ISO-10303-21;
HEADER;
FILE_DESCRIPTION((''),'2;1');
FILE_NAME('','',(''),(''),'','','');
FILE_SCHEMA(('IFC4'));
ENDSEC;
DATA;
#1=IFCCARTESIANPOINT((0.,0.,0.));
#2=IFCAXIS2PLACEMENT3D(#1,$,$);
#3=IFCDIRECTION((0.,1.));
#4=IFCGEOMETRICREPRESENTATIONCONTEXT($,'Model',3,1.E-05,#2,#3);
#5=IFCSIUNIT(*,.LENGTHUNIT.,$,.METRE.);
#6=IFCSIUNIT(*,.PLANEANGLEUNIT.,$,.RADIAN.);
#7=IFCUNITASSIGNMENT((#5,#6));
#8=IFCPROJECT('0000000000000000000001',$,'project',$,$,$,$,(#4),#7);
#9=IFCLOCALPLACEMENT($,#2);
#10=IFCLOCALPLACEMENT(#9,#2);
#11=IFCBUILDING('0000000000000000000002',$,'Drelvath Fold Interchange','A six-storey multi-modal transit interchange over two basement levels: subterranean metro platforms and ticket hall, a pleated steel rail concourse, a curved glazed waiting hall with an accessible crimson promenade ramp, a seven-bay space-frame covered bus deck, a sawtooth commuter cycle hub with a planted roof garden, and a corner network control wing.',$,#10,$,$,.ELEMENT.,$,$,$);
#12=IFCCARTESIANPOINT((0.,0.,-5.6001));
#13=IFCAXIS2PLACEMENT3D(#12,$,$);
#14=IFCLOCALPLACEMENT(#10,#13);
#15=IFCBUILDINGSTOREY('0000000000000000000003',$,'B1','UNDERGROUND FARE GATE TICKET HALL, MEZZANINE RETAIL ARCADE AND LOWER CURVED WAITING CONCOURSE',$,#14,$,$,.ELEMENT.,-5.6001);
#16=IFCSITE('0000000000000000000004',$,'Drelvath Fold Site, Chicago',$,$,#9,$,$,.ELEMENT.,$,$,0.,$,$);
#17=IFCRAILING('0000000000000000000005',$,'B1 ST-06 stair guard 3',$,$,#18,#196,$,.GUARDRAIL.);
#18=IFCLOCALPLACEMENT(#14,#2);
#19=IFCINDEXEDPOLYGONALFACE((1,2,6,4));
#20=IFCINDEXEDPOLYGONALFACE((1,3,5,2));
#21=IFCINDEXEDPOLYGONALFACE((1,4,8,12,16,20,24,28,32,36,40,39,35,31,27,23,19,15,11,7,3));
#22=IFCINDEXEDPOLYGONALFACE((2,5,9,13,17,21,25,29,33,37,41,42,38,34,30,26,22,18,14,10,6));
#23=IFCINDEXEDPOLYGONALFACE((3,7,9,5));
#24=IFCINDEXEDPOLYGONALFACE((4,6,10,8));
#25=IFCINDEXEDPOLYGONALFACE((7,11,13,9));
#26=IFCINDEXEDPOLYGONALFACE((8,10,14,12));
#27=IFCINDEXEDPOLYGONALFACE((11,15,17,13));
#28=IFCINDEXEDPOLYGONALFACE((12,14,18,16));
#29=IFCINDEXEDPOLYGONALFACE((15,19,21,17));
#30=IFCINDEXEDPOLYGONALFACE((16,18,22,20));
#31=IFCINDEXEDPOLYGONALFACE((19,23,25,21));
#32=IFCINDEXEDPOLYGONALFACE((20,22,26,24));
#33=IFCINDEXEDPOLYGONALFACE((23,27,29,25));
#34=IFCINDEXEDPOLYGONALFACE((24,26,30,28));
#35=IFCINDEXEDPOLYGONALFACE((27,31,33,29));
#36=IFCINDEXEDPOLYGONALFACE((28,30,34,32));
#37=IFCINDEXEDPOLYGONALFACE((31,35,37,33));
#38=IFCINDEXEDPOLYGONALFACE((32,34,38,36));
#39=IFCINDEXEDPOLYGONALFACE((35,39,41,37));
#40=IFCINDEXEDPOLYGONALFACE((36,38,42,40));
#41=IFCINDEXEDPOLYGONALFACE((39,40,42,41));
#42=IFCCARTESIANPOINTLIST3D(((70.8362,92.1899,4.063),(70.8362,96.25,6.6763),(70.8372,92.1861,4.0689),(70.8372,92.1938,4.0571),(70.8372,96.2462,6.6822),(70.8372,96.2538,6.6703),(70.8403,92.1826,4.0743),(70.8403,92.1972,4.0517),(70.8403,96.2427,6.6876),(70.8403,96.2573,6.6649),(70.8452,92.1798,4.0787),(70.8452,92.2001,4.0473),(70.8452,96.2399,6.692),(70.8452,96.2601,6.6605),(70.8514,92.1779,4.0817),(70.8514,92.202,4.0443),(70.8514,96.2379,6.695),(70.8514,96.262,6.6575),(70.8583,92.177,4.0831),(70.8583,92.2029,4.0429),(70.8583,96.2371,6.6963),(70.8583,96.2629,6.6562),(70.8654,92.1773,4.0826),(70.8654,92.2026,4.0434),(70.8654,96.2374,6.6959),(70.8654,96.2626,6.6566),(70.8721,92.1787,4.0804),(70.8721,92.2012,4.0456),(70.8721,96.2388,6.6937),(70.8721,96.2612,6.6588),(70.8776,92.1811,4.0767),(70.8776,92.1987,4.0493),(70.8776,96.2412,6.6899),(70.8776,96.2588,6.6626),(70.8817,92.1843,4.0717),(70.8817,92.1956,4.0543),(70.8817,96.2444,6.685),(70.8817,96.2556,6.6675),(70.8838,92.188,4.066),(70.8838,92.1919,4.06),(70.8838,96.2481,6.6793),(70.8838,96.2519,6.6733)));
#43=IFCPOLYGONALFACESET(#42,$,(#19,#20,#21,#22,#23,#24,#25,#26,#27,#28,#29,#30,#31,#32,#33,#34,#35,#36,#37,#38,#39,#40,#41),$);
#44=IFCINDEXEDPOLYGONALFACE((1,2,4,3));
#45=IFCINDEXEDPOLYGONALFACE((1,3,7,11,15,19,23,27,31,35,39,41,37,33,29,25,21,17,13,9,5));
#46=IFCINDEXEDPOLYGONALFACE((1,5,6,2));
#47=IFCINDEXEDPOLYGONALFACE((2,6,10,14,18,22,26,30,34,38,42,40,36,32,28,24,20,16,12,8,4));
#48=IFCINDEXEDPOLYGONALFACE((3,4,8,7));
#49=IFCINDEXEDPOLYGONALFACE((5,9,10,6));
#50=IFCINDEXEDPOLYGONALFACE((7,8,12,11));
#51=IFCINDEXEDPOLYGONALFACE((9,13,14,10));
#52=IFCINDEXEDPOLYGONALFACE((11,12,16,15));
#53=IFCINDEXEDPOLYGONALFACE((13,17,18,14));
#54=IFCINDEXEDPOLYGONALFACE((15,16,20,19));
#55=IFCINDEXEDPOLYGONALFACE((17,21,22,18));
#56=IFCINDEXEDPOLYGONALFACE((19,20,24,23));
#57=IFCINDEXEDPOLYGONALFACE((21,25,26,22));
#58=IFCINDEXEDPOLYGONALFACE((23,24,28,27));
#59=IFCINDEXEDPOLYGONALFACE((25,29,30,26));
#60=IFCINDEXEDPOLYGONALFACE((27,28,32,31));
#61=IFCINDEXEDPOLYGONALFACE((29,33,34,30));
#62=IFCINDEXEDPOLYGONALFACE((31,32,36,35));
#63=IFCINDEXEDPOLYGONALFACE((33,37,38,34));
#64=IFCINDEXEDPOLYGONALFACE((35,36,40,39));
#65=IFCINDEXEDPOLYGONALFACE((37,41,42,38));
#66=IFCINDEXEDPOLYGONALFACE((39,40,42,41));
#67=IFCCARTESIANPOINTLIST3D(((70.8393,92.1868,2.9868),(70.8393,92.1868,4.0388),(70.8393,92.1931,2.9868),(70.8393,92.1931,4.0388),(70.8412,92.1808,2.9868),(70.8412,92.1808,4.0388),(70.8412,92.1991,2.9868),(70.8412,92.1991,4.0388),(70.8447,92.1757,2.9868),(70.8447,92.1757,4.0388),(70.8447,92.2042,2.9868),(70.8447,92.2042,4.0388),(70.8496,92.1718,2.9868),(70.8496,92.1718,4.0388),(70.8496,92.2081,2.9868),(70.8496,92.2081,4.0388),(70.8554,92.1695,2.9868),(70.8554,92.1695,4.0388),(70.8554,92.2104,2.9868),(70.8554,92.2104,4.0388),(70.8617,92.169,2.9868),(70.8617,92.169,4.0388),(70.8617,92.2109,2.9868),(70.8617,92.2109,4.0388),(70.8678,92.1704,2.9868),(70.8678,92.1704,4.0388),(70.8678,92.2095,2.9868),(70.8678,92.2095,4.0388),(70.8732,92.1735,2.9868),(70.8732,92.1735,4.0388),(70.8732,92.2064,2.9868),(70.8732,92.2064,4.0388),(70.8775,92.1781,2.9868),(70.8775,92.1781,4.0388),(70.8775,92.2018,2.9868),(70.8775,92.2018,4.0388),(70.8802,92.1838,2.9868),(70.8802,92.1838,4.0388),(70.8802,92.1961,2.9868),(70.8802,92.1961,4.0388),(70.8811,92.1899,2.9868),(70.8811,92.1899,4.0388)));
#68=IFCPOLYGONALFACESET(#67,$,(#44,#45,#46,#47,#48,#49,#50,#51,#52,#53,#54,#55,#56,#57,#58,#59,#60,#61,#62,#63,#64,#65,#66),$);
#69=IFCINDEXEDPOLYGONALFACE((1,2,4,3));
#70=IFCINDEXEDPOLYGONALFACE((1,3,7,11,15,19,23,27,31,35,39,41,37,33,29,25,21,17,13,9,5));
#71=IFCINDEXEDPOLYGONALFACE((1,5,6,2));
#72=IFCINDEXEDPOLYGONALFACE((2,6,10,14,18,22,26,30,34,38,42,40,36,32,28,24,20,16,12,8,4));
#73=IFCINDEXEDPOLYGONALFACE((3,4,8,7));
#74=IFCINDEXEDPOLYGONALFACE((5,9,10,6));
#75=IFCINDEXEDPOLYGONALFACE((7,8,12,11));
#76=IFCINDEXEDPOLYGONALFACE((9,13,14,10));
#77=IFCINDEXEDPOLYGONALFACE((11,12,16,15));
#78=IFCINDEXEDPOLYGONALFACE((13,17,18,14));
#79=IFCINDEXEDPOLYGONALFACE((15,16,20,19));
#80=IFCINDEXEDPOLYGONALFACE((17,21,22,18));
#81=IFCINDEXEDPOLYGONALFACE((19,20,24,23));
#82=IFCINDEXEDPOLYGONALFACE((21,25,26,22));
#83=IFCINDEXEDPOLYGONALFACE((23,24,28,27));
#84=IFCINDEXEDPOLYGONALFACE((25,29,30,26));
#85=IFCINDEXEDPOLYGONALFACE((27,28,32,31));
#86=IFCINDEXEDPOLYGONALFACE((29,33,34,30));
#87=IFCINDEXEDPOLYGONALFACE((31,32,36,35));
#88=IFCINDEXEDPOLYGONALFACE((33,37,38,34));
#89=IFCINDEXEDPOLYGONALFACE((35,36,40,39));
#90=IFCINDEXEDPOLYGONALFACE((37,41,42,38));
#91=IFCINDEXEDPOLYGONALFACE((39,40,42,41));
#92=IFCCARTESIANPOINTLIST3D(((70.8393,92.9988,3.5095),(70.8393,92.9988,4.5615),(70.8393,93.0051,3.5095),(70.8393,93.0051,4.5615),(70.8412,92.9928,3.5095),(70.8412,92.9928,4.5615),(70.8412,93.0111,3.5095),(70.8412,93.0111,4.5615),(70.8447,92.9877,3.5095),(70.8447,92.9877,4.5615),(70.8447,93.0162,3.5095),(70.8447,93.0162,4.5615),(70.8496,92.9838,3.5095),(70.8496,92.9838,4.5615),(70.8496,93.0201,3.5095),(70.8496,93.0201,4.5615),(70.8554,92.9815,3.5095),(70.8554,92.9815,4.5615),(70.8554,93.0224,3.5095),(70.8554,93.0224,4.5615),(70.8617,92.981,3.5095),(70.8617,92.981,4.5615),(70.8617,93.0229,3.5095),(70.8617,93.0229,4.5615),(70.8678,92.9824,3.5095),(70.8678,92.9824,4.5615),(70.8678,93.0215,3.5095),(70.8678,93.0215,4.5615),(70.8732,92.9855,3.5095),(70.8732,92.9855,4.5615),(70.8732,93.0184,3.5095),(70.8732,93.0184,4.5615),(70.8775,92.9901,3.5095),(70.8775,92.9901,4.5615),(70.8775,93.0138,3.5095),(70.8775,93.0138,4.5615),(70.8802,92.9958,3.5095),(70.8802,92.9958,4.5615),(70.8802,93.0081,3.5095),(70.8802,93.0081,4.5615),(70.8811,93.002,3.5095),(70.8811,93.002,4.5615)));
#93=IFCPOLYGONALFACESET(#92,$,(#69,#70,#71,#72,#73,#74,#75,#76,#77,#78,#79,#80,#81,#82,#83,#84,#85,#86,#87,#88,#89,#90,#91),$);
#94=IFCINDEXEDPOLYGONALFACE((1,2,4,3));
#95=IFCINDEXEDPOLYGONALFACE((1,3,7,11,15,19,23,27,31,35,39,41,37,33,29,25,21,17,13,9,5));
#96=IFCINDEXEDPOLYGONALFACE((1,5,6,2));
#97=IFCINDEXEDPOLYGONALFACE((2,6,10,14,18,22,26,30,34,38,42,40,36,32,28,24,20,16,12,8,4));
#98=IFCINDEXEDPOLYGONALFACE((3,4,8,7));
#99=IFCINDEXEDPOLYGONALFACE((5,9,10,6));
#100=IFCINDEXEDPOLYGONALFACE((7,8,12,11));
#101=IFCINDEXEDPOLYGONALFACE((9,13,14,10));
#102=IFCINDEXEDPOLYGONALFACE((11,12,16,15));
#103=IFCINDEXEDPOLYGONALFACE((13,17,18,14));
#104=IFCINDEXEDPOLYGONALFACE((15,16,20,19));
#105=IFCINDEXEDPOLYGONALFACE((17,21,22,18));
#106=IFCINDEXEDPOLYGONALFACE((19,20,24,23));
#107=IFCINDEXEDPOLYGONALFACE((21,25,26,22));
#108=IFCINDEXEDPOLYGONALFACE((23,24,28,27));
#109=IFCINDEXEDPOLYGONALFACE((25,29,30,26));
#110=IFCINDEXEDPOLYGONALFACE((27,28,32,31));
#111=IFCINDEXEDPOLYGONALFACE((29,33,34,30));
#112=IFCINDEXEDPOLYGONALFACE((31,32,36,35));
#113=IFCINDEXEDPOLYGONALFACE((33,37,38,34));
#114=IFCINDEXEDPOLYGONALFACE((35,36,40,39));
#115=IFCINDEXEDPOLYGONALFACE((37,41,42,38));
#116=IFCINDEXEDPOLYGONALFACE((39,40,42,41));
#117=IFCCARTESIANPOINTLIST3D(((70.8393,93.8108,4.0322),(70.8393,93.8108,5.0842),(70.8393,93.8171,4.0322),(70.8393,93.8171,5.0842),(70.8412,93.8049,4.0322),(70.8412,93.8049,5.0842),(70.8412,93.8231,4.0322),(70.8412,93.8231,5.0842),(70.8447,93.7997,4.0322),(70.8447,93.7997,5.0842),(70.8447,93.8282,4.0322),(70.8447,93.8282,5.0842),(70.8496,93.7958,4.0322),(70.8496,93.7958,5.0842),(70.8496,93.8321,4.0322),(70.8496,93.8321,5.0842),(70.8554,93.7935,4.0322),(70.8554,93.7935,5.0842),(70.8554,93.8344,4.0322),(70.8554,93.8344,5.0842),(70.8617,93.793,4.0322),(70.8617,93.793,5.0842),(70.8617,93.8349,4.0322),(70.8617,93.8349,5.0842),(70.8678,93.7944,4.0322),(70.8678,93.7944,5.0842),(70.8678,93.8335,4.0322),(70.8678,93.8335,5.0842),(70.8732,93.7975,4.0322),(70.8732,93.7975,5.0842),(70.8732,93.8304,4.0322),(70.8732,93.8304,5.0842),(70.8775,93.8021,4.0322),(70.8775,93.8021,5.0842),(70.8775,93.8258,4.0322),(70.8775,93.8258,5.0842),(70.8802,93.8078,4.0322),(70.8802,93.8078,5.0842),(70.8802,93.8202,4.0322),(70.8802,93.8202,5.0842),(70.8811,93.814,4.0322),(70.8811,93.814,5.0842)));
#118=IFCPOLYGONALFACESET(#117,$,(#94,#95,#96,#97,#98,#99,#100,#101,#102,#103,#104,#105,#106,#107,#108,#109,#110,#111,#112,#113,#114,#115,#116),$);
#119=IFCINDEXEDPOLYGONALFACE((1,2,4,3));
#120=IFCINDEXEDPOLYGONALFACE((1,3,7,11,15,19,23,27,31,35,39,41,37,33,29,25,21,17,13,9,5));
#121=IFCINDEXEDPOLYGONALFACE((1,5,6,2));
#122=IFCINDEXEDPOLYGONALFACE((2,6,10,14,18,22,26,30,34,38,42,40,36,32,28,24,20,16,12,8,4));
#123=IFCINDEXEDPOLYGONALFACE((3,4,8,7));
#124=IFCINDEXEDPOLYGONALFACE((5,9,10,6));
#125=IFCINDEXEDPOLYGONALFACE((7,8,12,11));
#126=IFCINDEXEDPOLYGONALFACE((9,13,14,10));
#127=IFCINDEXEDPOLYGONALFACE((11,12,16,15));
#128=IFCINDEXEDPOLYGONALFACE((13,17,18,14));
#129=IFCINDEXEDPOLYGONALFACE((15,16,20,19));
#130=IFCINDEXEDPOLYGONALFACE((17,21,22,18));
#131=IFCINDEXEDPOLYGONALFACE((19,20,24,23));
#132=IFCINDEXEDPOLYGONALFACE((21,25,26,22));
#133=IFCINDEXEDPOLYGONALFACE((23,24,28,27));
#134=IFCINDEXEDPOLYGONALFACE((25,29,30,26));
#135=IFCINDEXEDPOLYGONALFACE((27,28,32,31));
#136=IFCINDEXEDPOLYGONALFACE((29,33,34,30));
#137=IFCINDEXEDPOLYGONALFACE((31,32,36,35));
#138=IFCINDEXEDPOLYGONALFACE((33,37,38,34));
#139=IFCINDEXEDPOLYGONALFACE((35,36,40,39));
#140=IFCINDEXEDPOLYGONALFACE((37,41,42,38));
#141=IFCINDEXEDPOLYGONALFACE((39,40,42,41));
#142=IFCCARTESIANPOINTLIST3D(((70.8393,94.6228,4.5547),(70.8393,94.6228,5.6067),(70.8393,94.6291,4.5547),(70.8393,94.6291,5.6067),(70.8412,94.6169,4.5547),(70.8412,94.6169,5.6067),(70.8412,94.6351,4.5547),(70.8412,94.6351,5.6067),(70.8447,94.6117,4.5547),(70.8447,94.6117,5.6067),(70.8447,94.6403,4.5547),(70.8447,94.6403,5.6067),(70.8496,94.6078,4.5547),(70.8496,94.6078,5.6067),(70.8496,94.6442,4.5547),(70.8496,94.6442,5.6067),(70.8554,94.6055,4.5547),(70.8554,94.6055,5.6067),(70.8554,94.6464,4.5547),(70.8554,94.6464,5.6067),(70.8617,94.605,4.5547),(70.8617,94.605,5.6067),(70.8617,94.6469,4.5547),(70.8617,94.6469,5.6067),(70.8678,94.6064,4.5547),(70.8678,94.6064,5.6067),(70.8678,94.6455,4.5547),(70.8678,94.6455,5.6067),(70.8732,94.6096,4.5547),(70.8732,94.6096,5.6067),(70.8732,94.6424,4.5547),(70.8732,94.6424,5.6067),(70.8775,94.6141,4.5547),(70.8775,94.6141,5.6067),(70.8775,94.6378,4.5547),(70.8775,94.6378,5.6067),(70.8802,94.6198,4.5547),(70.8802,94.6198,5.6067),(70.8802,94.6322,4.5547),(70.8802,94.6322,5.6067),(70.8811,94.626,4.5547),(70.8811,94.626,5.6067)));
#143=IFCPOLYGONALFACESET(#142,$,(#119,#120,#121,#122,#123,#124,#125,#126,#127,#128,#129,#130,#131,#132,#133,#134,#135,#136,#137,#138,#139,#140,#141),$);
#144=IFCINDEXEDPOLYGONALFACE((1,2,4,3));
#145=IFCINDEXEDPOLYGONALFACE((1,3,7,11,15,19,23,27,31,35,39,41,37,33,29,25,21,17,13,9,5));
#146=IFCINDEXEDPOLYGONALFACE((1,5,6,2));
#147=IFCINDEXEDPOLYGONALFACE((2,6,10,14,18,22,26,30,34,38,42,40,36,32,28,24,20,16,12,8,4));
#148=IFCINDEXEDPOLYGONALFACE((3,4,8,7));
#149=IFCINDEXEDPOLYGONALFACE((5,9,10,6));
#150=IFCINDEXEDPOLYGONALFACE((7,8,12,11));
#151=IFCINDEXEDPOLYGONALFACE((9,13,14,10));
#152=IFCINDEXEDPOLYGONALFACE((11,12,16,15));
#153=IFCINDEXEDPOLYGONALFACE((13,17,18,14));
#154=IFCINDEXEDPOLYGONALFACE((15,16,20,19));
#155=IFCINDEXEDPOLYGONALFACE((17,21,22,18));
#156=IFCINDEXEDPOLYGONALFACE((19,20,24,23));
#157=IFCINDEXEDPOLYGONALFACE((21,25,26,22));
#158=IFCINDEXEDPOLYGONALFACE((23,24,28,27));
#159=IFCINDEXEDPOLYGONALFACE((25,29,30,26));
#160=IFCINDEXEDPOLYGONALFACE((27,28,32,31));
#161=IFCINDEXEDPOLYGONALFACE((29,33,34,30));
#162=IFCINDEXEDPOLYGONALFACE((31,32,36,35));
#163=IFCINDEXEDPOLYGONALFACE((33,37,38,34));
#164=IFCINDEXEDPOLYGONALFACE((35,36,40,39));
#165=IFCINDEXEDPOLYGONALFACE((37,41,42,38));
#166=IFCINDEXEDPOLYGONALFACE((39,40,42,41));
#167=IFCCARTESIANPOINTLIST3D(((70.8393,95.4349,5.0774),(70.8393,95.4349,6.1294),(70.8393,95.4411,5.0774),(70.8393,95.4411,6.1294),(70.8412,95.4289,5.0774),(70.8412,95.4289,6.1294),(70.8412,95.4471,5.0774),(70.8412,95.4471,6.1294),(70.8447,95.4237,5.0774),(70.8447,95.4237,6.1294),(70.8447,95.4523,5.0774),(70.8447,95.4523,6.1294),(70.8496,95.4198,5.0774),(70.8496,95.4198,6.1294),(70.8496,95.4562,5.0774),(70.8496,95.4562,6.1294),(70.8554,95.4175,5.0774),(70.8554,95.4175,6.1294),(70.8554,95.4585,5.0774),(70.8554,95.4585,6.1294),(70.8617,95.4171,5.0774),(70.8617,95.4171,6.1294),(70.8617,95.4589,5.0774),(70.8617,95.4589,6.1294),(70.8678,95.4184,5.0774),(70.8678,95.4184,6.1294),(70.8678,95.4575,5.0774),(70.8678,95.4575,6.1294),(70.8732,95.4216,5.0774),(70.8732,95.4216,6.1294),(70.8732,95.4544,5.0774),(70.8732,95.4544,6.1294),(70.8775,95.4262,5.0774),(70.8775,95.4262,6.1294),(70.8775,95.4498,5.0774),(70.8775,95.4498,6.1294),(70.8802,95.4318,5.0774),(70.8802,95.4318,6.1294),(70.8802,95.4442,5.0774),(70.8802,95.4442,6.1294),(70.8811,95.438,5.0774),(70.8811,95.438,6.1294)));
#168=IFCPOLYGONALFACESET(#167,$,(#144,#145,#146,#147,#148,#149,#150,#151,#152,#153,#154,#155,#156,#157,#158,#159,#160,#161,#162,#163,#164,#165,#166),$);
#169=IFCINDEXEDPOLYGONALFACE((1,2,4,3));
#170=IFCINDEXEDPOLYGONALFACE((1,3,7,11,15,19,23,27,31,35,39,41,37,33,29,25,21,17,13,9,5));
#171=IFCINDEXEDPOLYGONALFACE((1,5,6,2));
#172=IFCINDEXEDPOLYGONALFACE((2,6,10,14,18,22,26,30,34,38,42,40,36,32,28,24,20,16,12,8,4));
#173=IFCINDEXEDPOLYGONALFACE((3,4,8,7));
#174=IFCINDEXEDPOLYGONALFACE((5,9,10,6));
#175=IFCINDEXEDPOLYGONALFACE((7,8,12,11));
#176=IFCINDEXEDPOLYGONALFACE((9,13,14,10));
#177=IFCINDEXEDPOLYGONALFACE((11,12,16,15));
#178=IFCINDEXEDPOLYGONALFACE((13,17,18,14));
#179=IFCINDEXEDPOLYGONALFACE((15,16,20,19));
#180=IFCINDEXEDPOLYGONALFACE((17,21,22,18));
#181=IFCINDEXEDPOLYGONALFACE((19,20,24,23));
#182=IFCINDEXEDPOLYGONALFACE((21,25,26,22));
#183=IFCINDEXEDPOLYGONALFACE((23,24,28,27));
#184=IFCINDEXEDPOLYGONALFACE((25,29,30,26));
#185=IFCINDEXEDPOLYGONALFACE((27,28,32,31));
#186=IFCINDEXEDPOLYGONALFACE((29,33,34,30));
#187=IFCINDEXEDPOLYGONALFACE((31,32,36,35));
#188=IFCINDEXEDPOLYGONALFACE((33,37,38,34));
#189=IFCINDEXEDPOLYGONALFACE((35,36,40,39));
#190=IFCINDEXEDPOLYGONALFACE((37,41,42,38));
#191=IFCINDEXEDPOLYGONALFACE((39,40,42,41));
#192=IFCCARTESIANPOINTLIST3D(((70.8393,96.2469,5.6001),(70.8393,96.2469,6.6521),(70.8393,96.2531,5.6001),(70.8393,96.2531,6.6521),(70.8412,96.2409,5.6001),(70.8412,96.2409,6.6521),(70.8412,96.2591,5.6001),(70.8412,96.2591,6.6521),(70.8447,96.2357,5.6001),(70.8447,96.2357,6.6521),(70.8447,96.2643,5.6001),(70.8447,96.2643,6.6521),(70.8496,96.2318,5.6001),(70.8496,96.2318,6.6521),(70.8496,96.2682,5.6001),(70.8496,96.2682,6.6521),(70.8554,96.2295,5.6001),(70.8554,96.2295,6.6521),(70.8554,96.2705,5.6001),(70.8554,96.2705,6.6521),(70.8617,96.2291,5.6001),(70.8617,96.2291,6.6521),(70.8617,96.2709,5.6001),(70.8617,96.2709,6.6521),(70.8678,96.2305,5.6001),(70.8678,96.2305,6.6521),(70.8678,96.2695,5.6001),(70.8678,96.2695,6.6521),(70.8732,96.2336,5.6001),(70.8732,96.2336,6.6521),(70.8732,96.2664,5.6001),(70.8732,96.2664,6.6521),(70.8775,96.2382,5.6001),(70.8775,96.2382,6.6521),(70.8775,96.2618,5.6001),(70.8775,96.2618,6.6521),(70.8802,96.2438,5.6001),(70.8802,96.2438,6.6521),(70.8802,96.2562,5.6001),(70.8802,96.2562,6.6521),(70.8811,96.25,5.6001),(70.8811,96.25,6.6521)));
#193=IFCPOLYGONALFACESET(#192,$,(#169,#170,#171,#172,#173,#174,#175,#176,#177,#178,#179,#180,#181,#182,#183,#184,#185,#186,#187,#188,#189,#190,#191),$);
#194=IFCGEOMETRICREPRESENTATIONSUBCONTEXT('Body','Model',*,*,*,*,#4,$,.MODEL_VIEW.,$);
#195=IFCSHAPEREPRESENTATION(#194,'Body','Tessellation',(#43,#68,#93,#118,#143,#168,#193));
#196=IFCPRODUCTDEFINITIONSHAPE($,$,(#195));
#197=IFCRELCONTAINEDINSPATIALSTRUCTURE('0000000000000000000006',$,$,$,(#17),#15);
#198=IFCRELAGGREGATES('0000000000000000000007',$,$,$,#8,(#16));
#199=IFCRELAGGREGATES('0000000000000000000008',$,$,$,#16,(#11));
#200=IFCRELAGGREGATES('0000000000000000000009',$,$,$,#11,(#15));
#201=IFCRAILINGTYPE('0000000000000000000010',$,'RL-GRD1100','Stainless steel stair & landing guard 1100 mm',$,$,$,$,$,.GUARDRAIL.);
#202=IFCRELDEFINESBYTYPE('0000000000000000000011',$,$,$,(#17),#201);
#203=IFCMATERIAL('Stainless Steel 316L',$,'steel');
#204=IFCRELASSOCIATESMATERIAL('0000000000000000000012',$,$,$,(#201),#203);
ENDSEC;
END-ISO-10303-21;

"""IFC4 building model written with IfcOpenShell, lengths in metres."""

from ifc_helpers import new_model, si_unit, direction, frame, origin, origin_2d, place, context, subcontext, project, spatial, circle, extrude, material, type_object, element, save


model = new_model("IFC4")

# Units and contexts
model_context = context("Model", 3, precision=1e-05, world=origin(), true_north=direction((0.0, 1.0)))
body_context = subcontext(model_context, "Body", "Model", "MODEL_VIEW")
ifc_project = project(units=[si_unit("LENGTHUNIT", "METRE"), si_unit("PLANEANGLEUNIT", "RADIAN")], contexts=[model_context])

# Site, building, storey
site_placement = place(None, origin())
site = spatial("IfcSite", under=ifc_project, at=site_placement, Name="Drelvath Fold Site, Chicago", CompositionType="ELEMENT", RefElevation=0.0)
building_placement = place(site_placement, origin())
building = spatial("IfcBuilding", under=site, at=building_placement, Name="Drelvath Fold Interchange", Description="A six-storey multi-modal transit interchange over two basement levels: subterranean metro platforms and ticket hall, a pleated steel rail concourse, a curved glazed waiting hall with an accessible crimson promenade ramp, a seven-bay space-frame covered bus deck, a sawtooth commuter cycle hub with a planted roof garden, and a corner network control wing.", CompositionType="ELEMENT")
storey_placement = place(building_placement, frame((0.0, 0.0, -5.6001)))
storey = spatial("IfcBuildingStorey", under=building, at=storey_placement, Name="B1", Description="UNDERGROUND FARE GATE TICKET HALL, MEZZANINE RETAIL ARCADE AND LOWER CURVED WAITING CONCOURSE", CompositionType="ELEMENT", Elevation=-5.6001)

# Railing
ifc_material_1 = material(Name="Stainless Steel 316L", Category="steel")
railing_type_1 = type_object("IfcRailingType", Name="RL-GRD1100", Description="Stainless steel stair & landing guard 1100 mm", PredefinedType="GUARDRAIL", material=ifc_material_1)
railing_1_placement = place(storey_placement, frame((70.8601, 92.1899, 2.9868)))
element("IfcRailing", 1, at=railing_1_placement, inside=storey, type_object=railing_type_1, Name="B1 ST-06 stair guard 3", PredefinedType="GUARDRAIL", context=body_context, shape_type="SweptSolid", body=[
    extrude(circle(Radius=0.0239, at=origin_2d()), frame((0.0, 0.0, 1.0762), z_axis=(0.0, 0.840873, 0.541233), x_axis=(-1.0, 0.0, 0.0)), (0.0, 0.0, 1.0), 4.8284),
    extrude(circle(Radius=0.021, at=origin_2d()), origin(), (0.0, 0.0, 1.0), 1.052),
    extrude(circle(Radius=0.021, at=origin_2d()), frame((0.0, 0.812, 0.5227)), (0.0, 0.0, 1.0), 1.052),
    extrude(circle(Radius=0.021, at=origin_2d()), frame((0.0, 1.624, 1.0454)), (0.0, 0.0, 1.0), 1.052),
    extrude(circle(Radius=0.021, at=origin_2d()), frame((0.0, 2.436, 1.5679)), (0.0, 0.0, 1.0), 1.052),
    extrude(circle(Radius=0.021, at=origin_2d()), frame((0.0, 3.248, 2.0906)), (0.0, 0.0, 1.0), 1.052),
    extrude(circle(Radius=0.021, at=origin_2d()), frame((0.0, 4.0601, 2.6133)), (0.0, 0.0, 1.0), 1.052),
])

save(model, "model.ifc")
